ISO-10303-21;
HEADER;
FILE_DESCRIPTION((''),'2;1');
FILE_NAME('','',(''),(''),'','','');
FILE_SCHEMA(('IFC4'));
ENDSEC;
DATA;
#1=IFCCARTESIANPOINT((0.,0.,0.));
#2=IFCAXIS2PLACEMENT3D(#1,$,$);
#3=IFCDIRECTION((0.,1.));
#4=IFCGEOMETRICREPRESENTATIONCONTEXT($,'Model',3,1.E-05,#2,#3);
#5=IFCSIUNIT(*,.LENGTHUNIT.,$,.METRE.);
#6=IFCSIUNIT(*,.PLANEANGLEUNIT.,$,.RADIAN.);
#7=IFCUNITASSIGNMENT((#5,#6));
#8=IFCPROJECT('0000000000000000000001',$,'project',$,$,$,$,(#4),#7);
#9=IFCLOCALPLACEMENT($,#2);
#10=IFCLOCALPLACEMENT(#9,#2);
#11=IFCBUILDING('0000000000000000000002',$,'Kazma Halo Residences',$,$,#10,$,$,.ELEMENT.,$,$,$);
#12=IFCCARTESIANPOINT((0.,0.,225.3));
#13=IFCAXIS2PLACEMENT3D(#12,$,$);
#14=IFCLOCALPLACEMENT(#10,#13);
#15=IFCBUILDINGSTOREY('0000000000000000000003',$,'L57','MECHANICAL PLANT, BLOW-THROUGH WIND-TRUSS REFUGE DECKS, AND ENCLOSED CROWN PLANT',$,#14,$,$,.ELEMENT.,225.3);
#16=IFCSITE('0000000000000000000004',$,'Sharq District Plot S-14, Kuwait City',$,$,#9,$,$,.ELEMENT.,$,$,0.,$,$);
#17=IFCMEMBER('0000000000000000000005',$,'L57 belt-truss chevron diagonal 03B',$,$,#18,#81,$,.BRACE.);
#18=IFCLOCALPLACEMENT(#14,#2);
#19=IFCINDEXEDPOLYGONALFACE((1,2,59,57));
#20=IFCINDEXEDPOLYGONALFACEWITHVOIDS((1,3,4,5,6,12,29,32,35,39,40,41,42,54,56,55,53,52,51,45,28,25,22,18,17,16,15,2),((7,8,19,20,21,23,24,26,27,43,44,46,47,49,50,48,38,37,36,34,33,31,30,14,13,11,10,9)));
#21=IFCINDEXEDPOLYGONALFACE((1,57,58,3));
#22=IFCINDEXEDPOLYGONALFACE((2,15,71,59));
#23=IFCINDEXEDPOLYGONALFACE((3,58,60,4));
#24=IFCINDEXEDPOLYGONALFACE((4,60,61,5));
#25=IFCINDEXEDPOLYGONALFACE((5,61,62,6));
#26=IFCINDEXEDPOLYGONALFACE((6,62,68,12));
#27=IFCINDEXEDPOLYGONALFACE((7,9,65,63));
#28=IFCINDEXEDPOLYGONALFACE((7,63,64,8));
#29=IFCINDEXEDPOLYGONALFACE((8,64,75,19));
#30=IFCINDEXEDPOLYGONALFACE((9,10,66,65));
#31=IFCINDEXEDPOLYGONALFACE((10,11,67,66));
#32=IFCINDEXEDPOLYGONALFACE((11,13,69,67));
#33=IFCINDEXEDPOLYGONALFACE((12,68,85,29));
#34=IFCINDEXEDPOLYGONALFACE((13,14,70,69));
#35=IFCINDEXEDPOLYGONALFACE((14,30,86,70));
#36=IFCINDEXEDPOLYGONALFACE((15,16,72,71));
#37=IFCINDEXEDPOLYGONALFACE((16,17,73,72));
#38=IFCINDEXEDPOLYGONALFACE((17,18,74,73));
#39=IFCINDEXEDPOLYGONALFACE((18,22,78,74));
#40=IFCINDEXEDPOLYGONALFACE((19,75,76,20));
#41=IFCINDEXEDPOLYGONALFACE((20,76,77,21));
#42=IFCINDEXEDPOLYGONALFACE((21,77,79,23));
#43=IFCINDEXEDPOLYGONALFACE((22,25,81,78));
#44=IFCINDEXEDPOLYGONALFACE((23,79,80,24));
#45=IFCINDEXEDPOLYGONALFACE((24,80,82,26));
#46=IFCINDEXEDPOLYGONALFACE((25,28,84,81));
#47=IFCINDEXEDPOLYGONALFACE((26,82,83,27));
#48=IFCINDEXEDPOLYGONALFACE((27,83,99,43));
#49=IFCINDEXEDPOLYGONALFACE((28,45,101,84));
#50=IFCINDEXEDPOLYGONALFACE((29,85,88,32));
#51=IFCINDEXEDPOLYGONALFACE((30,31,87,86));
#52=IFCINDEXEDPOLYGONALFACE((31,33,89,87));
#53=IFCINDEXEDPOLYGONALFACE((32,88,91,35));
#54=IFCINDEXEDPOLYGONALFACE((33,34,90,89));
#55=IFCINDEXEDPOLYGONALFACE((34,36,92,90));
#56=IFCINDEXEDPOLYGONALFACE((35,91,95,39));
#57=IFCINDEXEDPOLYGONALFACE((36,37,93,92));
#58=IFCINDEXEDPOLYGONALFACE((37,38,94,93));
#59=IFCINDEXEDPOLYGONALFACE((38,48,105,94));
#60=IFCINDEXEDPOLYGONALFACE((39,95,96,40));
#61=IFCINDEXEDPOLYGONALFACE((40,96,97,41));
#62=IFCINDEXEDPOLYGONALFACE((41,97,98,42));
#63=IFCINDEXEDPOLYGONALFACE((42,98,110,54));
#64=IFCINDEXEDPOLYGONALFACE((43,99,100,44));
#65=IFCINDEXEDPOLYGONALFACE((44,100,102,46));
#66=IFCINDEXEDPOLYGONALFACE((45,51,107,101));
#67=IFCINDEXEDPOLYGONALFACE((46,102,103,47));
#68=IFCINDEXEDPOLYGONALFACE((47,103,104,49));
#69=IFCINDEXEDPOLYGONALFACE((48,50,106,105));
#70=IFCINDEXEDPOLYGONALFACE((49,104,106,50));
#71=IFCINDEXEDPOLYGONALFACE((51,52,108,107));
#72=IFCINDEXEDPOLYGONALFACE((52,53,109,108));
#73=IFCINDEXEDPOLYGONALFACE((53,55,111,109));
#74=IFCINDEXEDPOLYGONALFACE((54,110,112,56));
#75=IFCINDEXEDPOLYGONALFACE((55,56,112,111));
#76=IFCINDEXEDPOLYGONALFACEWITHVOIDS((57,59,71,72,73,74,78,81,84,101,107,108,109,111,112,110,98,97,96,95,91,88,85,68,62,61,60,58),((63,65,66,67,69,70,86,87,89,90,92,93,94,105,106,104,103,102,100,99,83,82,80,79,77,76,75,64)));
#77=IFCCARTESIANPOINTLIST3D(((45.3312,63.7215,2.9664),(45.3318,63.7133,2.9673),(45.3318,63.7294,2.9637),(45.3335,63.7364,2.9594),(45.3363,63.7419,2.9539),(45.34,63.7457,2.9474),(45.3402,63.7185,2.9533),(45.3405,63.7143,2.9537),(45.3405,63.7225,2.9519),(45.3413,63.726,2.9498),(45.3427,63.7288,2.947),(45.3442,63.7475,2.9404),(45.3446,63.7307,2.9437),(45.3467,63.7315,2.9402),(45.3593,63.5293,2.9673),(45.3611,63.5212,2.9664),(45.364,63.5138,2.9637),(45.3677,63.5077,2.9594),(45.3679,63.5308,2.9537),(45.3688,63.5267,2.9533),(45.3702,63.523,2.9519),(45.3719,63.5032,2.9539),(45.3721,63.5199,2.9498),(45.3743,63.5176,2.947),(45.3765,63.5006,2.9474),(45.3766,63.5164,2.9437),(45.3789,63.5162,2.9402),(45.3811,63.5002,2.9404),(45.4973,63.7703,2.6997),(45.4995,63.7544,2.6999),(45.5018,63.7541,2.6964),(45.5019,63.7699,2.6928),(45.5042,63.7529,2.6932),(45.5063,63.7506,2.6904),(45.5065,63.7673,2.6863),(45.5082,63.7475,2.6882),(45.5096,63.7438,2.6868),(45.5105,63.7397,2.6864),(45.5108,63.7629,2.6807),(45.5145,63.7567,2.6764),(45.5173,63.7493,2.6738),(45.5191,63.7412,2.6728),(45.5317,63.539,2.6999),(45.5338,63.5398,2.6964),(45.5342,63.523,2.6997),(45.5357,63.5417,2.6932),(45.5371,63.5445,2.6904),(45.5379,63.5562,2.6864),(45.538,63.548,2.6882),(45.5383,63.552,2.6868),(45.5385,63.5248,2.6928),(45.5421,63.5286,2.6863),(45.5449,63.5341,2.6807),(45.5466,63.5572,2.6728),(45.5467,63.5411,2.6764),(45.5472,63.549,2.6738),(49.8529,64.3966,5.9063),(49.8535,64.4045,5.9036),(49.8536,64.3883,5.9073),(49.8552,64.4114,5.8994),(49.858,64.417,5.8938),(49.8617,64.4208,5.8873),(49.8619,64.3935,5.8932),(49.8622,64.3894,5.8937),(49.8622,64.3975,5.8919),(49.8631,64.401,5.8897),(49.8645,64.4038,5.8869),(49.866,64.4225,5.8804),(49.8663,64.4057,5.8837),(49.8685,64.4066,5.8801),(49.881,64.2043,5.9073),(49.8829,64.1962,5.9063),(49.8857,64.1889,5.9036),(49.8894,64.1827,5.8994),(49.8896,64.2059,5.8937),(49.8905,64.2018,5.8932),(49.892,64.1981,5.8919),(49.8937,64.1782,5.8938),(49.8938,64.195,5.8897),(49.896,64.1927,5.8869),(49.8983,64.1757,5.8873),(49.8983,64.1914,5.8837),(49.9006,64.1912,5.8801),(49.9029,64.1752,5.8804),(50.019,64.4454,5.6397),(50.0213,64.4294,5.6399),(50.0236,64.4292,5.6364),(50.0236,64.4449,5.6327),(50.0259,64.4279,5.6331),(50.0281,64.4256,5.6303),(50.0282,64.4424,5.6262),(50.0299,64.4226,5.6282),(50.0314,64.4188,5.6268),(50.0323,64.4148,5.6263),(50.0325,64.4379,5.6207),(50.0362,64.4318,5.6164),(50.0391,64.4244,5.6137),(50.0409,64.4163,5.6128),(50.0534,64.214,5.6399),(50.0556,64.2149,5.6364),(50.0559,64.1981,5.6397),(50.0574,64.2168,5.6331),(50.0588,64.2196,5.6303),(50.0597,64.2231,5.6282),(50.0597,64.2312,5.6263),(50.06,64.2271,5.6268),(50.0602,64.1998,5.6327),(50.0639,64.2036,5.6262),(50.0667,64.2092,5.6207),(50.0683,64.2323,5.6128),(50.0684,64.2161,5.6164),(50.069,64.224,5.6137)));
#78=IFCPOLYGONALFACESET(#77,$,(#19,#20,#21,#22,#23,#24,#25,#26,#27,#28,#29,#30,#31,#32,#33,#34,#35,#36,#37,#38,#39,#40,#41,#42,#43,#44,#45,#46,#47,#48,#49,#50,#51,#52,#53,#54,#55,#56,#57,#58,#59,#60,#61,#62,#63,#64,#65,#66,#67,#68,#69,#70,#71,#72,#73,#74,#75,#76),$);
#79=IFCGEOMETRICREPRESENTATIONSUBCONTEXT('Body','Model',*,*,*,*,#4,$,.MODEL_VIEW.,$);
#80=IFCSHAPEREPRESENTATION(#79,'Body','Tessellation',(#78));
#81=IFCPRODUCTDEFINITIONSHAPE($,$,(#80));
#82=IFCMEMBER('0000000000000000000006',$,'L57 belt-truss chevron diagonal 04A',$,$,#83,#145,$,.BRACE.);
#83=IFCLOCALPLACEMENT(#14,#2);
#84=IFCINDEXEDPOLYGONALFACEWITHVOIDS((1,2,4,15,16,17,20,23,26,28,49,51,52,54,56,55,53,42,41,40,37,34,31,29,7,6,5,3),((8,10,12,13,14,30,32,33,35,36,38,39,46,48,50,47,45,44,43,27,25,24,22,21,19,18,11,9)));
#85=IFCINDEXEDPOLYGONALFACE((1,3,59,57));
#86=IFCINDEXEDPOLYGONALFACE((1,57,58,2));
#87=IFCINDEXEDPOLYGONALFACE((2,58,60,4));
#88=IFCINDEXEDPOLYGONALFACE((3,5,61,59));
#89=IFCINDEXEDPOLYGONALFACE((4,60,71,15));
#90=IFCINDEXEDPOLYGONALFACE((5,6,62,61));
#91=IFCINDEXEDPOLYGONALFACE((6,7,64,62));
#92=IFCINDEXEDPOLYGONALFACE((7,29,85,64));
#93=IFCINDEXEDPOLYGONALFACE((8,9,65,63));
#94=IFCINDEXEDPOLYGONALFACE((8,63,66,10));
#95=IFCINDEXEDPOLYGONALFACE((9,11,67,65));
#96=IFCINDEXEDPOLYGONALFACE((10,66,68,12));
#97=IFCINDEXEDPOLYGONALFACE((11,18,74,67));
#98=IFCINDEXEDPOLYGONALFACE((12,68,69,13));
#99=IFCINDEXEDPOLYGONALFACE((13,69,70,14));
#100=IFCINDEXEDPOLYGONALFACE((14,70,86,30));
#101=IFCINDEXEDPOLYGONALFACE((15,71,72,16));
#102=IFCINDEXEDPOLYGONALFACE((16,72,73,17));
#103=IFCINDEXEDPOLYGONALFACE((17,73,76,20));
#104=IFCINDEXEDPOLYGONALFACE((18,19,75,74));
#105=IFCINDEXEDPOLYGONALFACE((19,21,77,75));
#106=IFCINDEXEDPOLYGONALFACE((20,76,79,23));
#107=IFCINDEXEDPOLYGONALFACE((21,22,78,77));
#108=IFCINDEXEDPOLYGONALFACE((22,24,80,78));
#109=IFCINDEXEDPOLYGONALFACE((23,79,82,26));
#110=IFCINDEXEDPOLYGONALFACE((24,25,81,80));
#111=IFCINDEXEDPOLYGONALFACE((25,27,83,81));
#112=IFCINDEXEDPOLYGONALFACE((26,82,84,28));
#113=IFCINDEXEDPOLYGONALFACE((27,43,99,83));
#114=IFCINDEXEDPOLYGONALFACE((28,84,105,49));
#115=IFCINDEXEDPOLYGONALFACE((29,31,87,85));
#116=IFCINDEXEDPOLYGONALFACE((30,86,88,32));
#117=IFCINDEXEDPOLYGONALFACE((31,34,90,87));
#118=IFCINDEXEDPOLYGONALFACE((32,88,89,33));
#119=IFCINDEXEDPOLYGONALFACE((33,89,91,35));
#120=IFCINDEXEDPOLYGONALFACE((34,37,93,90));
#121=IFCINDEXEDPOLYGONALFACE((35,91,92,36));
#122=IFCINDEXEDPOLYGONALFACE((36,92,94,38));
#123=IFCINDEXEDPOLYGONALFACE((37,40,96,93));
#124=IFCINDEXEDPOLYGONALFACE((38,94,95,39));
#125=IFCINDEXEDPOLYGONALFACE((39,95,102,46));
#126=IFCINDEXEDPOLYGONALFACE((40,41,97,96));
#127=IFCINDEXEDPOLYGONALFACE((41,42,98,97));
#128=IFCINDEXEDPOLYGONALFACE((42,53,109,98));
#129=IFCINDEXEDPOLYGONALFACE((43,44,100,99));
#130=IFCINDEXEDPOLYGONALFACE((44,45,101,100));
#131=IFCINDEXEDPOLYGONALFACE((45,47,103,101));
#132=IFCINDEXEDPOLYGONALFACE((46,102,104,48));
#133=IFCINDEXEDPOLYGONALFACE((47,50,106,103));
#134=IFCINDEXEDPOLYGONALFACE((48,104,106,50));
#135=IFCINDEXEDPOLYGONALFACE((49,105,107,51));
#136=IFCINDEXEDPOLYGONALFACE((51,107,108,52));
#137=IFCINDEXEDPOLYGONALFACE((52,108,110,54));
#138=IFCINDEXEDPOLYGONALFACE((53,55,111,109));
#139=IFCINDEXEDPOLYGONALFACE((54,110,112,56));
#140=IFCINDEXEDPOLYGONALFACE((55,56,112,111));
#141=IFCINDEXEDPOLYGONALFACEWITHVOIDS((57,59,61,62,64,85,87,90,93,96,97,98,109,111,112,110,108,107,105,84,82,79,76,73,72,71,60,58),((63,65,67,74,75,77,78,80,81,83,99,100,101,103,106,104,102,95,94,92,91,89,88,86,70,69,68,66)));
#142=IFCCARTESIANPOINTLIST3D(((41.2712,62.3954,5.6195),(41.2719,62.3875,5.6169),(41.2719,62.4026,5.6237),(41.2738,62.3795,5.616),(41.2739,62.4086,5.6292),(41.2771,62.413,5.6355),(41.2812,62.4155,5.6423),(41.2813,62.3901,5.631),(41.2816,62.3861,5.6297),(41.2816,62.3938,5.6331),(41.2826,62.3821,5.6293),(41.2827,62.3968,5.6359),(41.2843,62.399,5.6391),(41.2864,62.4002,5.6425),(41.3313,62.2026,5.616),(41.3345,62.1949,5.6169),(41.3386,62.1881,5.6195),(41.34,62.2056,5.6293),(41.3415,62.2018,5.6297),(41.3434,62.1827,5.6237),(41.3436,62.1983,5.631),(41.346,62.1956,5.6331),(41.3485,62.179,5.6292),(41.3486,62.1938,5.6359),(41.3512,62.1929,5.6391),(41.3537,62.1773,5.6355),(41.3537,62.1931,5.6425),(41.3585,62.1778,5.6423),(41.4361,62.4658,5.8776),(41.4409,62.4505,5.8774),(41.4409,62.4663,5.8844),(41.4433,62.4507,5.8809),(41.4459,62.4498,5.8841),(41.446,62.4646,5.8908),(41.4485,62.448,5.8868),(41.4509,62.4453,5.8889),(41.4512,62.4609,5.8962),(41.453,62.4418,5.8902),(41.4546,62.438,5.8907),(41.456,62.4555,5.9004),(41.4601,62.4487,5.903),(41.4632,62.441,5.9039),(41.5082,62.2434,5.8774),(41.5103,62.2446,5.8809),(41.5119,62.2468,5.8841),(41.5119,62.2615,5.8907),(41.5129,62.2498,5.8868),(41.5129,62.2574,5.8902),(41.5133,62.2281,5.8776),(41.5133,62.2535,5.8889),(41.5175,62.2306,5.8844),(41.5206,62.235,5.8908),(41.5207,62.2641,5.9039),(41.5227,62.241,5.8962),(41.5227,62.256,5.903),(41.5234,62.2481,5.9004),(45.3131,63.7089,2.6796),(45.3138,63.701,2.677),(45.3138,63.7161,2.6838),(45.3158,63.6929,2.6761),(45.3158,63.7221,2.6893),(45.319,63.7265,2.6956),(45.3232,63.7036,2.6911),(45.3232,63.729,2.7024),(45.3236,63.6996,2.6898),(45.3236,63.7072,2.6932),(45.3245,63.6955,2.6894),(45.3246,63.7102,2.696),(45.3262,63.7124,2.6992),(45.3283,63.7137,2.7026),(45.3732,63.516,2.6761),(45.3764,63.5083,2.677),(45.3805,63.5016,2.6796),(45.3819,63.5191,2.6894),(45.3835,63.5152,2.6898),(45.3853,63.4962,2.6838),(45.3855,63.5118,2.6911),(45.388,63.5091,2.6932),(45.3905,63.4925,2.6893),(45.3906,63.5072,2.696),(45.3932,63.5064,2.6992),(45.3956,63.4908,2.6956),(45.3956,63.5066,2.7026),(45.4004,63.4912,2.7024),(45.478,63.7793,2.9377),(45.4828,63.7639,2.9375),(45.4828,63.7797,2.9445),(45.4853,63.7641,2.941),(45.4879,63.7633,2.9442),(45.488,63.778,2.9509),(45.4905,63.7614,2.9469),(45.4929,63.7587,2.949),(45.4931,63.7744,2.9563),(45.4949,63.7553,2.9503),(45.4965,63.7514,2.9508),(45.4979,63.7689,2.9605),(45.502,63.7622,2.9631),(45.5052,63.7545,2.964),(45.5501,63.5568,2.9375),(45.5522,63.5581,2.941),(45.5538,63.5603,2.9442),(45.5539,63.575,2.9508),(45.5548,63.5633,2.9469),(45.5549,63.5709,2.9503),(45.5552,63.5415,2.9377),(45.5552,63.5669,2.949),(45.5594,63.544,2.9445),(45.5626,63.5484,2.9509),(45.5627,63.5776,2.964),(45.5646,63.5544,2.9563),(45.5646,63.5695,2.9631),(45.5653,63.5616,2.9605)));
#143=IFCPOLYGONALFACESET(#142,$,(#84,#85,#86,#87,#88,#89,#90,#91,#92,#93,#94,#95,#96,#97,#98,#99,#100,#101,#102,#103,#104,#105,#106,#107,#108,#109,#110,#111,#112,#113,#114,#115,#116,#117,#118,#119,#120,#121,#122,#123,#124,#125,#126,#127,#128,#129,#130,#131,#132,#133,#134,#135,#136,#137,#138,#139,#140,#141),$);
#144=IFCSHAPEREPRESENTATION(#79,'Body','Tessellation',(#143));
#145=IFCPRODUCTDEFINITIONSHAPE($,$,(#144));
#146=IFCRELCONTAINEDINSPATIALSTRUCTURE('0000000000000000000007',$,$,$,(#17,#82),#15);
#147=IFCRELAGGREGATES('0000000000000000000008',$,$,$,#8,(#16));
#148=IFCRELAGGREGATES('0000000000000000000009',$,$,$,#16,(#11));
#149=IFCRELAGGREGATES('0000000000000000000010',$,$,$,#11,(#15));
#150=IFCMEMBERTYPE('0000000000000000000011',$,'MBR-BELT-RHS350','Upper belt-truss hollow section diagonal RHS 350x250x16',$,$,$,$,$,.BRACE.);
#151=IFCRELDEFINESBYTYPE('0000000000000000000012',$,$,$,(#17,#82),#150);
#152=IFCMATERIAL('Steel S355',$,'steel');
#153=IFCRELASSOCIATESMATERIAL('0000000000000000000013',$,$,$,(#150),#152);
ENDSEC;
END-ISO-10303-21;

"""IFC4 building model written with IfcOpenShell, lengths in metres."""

from ifc_helpers import new_model, si_unit, direction, frame, origin, origin_2d, place, context, subcontext, project, spatial, hollow_rectangle, extrude, material, material_profile, profile_set, type_object, element, save


model = new_model("IFC4")

# Units and contexts
model_context = context("Model", 3, precision=1e-05, world=origin(), true_north=direction((0.0, 1.0)))
body_context = subcontext(model_context, "Body", "Model", "MODEL_VIEW")
ifc_project = project(units=[si_unit("LENGTHUNIT", "METRE"), si_unit("PLANEANGLEUNIT", "RADIAN")], contexts=[model_context])

# Site, building, storey
site_placement = place(None, origin())
site = spatial("IfcSite", under=ifc_project, at=site_placement, Name="Sharq District Plot S-14, Kuwait City", CompositionType="ELEMENT", RefElevation=0.0)
building_placement = place(site_placement, origin())
building = spatial("IfcBuilding", under=site, at=building_placement, Name="Kazma Halo Residences", CompositionType="ELEMENT")
storey_placement = place(building_placement, frame((0.0, 0.0, 225.3)))
storey = spatial("IfcBuildingStorey", under=building, at=storey_placement, Name="L57", Description="MECHANICAL PLANT, BLOW-THROUGH WIND-TRUSS REFUGE DECKS, AND ENCLOSED CROWN PLANT", CompositionType="ELEMENT", Elevation=225.3)

# Shared definitions
ifc_material_1 = material(Name="Steel S355", Category="steel")

# Members
ifc_material_profile_1 = material_profile(ifc_material_1, hollow_rectangle(XDim=0.25, YDim=0.3501, WallThickness=0.0161, InnerFilletRadius=0.0161, OuterFilletRadius=0.032, at=origin_2d()), Name="RHS350x250x16")
ifc_profile_set_1 = profile_set([ifc_material_profile_1], Name="Steel S355")
member_type_1 = type_object("IfcMemberType", Name="MBR-BELT-RHS350", Description="Upper belt-truss hollow section diagonal RHS 350x250x16", PredefinedType="BRACE", material=ifc_profile_set_1)
member_1_placement = place(storey_placement, frame((45.4392, 63.6353, 2.8201), z_axis=(0.831884, 0.124192, 0.540875), x_axis=(-0.147654, 0.989039, 0.0)))
element("IfcMember", 1, at=member_1_placement, inside=storey, type_object=member_type_1, Name="L57 belt-truss chevron diagonal 03B", PredefinedType="BRACE", context=body_context, shape_type="SweptSolid", body=[
    extrude(hollow_rectangle(XDim=0.25, YDim=0.3501, WallThickness=0.0161, InnerFilletRadius=0.0161, OuterFilletRadius=0.032, at=origin_2d()), origin(), (0.0, 0.0, 1.0), 5.4355),
])
member_2_placement = place(storey_placement, frame((45.4392, 63.6353, 2.8201), z_axis=(-0.782149, -0.254165, 0.568896), x_axis=(0.30905, -0.951046, 0.0)))
element("IfcMember", 2, at=member_2_placement, inside=storey, type_object=member_type_1, Name="L57 belt-truss chevron diagonal 04A", PredefinedType="BRACE", context=body_context, shape_type="SweptSolid", body=[
    extrude(hollow_rectangle(XDim=0.25, YDim=0.3501, WallThickness=0.0161, InnerFilletRadius=0.0161, OuterFilletRadius=0.032, at=origin_2d()), origin(), (0.0, 0.0, 1.0), 5.1677),
])

save(model, "model.ifc")
